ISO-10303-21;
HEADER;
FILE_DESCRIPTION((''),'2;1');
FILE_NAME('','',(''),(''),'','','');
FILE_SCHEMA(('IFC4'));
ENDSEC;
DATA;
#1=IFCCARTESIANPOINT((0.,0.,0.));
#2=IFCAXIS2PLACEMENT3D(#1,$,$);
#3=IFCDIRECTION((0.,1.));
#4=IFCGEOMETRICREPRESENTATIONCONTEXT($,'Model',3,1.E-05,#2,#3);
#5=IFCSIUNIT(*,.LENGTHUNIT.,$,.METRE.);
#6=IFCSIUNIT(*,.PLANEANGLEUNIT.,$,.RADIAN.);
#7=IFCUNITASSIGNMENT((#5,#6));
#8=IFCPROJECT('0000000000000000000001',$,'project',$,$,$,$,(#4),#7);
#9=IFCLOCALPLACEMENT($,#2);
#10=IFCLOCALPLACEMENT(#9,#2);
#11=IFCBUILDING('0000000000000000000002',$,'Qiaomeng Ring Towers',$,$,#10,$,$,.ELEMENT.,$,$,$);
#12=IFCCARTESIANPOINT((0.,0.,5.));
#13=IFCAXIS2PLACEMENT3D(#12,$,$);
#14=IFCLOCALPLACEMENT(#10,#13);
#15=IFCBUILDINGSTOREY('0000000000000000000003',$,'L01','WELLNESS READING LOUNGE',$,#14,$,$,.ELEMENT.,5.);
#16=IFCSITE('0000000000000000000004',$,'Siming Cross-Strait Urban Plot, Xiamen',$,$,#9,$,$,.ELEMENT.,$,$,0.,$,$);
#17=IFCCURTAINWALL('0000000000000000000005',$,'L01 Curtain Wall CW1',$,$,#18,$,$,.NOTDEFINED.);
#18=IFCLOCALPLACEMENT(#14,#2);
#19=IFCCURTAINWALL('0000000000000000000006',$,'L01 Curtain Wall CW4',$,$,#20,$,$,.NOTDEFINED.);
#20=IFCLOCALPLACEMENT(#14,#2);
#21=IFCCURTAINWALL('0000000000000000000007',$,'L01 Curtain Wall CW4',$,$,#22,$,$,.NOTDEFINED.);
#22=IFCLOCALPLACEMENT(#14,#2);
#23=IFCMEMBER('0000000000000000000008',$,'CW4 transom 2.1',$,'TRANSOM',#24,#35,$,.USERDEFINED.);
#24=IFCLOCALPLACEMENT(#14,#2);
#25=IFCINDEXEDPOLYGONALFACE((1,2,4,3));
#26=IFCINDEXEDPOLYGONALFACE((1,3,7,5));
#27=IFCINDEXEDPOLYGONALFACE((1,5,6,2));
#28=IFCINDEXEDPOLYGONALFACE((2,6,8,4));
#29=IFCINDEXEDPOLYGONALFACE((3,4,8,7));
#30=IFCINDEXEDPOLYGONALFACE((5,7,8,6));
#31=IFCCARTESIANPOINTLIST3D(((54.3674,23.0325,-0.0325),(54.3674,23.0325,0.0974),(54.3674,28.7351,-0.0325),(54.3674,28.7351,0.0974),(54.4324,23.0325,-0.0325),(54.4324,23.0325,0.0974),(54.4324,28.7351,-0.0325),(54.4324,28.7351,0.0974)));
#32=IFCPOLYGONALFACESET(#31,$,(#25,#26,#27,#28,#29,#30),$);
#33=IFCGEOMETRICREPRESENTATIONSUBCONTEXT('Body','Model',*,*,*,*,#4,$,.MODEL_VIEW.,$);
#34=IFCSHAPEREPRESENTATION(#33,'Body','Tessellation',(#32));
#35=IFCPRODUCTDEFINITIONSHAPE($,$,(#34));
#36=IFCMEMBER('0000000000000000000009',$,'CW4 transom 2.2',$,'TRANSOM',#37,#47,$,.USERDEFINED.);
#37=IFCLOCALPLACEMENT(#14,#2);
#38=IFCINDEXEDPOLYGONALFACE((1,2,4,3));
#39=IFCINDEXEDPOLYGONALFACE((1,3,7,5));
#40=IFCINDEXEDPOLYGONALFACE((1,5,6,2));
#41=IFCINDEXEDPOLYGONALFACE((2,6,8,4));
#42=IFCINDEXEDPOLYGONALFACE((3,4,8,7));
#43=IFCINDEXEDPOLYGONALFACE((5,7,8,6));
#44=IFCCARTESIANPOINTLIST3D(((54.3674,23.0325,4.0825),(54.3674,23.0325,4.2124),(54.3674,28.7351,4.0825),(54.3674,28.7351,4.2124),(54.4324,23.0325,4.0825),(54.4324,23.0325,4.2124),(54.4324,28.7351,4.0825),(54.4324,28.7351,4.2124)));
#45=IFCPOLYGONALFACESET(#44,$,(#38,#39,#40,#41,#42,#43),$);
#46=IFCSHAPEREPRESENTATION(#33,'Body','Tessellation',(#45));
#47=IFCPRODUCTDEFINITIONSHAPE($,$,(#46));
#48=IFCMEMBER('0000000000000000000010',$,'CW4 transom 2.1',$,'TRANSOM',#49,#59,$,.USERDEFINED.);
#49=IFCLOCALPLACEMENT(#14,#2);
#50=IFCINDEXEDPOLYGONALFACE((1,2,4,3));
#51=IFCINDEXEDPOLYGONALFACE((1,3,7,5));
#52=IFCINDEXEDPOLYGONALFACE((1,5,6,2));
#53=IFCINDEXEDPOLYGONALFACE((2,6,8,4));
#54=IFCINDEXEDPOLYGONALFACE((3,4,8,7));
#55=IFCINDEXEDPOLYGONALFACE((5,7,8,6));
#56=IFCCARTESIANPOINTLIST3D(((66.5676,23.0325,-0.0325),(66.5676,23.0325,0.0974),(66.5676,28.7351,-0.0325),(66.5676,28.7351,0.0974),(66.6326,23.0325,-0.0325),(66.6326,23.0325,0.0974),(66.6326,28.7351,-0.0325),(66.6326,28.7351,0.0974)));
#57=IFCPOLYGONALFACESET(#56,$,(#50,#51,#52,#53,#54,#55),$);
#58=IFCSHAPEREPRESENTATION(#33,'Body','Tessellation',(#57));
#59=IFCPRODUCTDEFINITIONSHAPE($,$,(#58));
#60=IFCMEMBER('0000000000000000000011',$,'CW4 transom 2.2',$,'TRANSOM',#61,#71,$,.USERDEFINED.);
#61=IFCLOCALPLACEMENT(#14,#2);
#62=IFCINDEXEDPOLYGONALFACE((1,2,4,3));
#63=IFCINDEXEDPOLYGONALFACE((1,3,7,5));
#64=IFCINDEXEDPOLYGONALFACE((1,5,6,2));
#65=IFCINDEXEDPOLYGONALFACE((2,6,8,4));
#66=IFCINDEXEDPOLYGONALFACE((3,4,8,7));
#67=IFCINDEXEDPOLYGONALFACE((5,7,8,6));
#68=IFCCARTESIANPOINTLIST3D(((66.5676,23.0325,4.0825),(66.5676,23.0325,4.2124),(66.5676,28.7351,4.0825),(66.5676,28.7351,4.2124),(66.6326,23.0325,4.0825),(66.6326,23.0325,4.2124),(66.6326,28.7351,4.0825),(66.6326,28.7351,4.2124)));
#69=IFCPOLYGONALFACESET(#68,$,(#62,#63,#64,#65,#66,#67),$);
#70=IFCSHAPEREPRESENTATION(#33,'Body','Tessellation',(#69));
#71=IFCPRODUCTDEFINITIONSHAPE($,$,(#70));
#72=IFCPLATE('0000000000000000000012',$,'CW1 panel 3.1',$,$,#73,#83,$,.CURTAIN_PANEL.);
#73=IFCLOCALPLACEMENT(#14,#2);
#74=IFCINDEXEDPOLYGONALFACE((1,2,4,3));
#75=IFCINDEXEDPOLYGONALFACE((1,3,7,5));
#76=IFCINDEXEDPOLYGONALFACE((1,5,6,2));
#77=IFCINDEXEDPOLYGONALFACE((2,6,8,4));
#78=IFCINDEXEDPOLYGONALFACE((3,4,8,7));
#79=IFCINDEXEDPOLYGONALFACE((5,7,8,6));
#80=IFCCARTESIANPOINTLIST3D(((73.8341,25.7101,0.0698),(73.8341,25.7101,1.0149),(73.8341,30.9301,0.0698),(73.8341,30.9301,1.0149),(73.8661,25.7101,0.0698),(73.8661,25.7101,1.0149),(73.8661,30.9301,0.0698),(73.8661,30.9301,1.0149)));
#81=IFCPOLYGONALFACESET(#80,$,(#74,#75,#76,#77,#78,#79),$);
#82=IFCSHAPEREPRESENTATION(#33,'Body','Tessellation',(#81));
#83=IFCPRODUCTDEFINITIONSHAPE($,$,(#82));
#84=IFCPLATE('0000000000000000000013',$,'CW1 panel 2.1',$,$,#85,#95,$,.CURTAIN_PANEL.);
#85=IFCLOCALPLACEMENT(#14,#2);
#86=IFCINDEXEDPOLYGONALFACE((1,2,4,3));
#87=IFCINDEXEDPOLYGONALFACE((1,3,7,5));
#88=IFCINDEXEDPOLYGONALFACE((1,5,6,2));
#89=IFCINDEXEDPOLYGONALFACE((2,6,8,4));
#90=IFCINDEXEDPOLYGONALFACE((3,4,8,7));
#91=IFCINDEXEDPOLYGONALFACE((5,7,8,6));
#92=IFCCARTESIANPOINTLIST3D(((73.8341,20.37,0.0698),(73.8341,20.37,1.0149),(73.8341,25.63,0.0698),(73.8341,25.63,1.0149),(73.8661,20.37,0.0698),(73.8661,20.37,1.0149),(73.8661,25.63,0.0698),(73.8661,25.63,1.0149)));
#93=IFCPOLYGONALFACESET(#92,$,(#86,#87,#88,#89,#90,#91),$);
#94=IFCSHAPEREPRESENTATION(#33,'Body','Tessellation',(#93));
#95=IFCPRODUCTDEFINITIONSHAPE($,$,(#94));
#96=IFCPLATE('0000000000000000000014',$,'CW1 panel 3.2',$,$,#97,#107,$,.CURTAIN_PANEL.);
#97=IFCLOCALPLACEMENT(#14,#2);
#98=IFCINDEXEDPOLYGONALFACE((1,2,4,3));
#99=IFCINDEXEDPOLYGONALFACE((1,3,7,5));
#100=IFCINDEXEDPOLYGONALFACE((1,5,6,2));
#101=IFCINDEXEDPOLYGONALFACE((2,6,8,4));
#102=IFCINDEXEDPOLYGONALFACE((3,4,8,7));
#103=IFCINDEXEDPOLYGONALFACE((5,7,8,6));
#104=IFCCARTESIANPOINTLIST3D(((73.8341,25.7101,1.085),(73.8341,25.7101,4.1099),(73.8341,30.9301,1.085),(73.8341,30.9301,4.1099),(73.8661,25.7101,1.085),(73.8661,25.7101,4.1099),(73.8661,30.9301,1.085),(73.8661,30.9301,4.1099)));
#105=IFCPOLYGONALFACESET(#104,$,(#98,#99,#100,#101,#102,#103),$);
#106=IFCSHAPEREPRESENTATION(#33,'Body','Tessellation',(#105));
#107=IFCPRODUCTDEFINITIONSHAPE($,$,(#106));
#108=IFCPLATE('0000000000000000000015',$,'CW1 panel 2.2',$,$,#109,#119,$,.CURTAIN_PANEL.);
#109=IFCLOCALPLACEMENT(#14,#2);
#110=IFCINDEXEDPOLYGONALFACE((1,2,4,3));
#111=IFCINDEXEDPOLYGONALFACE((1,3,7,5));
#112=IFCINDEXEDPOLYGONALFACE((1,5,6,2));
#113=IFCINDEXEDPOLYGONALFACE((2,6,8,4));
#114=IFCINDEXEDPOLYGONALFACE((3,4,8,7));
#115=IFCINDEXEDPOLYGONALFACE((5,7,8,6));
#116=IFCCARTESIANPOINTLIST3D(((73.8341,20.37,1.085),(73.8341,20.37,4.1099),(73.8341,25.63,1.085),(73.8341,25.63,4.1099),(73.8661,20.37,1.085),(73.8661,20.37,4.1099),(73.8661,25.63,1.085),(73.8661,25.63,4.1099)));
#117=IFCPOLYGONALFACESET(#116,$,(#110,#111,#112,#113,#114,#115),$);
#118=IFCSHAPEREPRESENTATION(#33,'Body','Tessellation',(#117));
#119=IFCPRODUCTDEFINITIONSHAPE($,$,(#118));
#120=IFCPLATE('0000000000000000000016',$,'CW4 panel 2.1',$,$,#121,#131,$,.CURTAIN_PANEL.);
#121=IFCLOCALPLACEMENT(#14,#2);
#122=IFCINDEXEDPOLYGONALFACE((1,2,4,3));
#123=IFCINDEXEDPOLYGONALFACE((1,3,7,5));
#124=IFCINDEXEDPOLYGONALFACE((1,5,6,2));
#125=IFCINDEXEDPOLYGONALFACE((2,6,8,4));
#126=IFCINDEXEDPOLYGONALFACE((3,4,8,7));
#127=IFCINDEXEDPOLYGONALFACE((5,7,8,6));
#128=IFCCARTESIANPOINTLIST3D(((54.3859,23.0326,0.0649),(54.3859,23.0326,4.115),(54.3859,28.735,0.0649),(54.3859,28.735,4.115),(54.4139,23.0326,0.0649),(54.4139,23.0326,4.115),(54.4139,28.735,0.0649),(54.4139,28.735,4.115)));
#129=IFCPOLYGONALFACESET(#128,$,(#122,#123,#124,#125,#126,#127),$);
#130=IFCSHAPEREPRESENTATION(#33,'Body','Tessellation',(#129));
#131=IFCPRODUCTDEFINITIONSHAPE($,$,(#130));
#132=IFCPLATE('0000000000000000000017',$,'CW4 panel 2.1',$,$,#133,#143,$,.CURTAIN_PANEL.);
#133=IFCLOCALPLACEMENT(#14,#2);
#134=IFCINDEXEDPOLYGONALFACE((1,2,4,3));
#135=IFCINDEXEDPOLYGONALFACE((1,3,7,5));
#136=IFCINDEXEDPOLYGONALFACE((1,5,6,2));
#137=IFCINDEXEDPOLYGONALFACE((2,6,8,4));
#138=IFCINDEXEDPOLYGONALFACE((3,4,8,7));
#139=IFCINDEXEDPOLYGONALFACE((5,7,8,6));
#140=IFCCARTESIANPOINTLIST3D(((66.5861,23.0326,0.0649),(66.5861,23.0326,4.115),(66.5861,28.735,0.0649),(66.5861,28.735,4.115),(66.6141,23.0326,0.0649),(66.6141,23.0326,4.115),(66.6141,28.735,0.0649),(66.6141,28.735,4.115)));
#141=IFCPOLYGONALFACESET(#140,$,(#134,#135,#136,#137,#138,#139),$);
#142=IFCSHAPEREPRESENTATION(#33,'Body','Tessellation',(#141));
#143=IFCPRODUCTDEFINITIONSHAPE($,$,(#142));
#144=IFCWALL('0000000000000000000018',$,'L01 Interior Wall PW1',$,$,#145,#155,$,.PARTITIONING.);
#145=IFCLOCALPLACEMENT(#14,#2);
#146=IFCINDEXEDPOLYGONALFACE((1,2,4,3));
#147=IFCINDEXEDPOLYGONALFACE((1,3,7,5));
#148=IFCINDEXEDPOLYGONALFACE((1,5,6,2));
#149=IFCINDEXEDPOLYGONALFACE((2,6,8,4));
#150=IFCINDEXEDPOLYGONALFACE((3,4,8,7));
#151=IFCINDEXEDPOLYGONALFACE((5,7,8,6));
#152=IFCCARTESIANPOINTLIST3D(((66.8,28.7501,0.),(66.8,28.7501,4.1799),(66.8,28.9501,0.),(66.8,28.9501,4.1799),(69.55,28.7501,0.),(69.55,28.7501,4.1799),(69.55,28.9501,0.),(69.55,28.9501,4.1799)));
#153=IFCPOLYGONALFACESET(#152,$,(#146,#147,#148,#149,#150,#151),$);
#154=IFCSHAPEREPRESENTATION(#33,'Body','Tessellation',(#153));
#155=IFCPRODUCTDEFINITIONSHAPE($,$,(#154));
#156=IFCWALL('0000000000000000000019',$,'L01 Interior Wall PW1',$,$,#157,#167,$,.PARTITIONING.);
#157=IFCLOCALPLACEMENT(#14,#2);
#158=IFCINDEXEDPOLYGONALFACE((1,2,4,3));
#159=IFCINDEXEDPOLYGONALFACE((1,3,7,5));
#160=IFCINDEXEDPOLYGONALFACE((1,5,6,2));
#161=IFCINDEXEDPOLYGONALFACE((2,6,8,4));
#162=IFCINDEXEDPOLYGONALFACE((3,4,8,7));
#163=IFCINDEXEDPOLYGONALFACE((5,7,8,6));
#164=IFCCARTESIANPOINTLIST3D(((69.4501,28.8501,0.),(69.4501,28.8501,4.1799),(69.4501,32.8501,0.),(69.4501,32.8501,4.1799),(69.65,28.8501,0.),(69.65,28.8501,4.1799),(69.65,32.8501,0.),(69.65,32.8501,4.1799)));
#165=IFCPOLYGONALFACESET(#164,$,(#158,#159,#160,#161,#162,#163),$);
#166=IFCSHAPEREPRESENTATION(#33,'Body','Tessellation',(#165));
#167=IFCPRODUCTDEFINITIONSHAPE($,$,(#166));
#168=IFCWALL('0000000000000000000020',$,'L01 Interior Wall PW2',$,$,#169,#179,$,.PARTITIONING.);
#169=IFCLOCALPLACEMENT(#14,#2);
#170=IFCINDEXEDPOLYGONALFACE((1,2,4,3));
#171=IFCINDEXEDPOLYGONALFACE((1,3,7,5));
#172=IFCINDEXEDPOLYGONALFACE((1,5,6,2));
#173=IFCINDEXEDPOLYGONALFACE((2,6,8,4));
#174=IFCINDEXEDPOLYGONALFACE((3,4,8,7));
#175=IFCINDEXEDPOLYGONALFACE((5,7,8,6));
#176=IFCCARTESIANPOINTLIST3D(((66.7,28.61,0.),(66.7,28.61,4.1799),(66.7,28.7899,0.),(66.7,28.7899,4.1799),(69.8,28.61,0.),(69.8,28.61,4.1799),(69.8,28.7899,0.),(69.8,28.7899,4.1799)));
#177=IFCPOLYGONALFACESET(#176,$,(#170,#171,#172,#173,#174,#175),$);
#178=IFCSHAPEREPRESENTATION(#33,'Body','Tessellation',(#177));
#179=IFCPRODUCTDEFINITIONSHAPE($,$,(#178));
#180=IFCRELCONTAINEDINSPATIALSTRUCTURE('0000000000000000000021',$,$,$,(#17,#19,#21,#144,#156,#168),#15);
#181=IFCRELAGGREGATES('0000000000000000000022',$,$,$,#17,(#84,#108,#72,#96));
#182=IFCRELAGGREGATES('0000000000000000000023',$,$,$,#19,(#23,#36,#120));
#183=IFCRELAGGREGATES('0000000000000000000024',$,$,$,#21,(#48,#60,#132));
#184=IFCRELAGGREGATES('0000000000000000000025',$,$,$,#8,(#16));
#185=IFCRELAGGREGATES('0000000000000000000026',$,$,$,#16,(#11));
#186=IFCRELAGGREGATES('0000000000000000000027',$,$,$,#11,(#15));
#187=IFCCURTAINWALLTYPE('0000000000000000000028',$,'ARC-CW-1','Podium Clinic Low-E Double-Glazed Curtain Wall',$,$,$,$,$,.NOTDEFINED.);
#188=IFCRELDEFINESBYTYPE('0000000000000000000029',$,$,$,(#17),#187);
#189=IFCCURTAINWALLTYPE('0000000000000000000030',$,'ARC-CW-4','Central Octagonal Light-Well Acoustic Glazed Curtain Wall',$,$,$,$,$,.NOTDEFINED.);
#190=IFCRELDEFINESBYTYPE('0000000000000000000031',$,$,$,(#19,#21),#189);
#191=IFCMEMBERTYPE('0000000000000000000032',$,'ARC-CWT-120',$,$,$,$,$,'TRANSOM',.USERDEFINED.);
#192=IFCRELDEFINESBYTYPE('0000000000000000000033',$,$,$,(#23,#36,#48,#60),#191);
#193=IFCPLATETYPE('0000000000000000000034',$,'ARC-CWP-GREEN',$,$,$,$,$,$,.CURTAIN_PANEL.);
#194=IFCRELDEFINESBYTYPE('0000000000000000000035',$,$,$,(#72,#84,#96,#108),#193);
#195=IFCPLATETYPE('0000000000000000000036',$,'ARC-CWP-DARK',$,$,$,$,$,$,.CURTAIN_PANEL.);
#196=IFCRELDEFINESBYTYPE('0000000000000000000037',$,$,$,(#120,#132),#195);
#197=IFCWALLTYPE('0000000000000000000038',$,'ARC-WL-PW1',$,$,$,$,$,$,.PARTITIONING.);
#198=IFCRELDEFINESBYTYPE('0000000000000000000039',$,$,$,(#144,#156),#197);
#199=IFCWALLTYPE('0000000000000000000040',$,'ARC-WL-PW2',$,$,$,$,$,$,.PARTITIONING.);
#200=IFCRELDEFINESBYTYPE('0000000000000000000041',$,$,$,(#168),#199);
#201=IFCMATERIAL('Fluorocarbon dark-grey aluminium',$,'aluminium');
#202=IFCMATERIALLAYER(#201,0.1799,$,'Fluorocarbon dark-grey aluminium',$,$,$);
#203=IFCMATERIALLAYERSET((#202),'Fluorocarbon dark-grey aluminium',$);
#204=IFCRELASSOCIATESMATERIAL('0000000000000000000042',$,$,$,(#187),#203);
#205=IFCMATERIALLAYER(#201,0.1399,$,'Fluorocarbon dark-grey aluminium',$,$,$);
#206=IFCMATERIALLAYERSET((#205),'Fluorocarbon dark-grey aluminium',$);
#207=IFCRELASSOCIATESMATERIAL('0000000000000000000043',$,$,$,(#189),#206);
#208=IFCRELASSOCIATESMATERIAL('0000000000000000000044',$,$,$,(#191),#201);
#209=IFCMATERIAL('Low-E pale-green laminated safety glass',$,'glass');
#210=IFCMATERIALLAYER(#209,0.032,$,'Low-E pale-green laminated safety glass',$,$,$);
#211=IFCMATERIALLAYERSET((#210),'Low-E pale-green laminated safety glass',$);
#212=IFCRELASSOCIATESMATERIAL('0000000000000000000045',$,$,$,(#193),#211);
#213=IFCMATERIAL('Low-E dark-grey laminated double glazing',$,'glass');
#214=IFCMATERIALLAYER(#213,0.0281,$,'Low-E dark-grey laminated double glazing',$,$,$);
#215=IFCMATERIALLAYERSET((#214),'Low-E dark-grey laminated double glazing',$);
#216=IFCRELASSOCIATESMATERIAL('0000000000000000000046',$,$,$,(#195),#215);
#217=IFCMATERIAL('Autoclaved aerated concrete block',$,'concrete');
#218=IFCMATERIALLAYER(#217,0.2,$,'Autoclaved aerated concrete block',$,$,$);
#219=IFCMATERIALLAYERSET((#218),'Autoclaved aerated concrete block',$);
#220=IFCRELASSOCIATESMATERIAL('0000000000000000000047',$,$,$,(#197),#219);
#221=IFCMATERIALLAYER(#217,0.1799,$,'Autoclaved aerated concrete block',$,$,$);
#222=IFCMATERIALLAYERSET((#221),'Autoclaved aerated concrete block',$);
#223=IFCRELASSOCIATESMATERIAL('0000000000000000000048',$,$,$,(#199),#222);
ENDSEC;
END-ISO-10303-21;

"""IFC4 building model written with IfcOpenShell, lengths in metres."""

from ifc_helpers import new_model, si_unit, direction, frame, frame_2d, origin, origin_2d, place, context, subcontext, project, spatial, rectangle, extrude, source, transform, mapped, material, layer, layer_set, material_profile, profile_set, type_object, element, aggregate, save


model = new_model("IFC4")

# Units and contexts
model_context = context("Model", 3, precision=1e-05, world=origin(), true_north=direction((0.0, 1.0)))
body_context = subcontext(model_context, "Body", "Model", "MODEL_VIEW")
ifc_project = project(units=[si_unit("LENGTHUNIT", "METRE"), si_unit("PLANEANGLEUNIT", "RADIAN")], contexts=[model_context])

# Site, building, storey
site_placement = place(None, origin())
site = spatial("IfcSite", under=ifc_project, at=site_placement, Name="Siming Cross-Strait Urban Plot, Xiamen", CompositionType="ELEMENT", RefElevation=0.0)
building_placement = place(site_placement, origin())
building = spatial("IfcBuilding", under=site, at=building_placement, Name="Qiaomeng Ring Towers", CompositionType="ELEMENT")
storey_placement = place(building_placement, frame((0.0, 0.0, 5.0)))
storey = spatial("IfcBuildingStorey", under=building, at=storey_placement, Name="L01", Description="WELLNESS READING LOUNGE", CompositionType="ELEMENT", Elevation=5.0)

# Curtain walls
ifc_material_1 = material(Name="Fluorocarbon dark-grey aluminium", Category="aluminium")
ifc_layer_1 = layer(ifc_material_1, 0.1799, Name="Fluorocarbon dark-grey aluminium")
ifc_layer_set_1 = layer_set([ifc_layer_1], Name="Fluorocarbon dark-grey aluminium")
curtain_wall_type_1 = type_object("IfcCurtainWallType", Name="ARC-CW-1", Description="Podium Clinic Low-E Double-Glazed Curtain Wall", PredefinedType="NOTDEFINED", material=ifc_layer_set_1)
curtain_wall_1_placement = place(storey_placement, origin())
curtain_wall_1 = element("IfcCurtainWall", 1, at=curtain_wall_1_placement, inside=storey, type_object=curtain_wall_type_1, Name="L01 Curtain Wall CW1", PredefinedType="NOTDEFINED")
ifc_layer_2 = layer(ifc_material_1, 0.1399, Name="Fluorocarbon dark-grey aluminium")
ifc_layer_set_2 = layer_set([ifc_layer_2], Name="Fluorocarbon dark-grey aluminium")
curtain_wall_type_2 = type_object("IfcCurtainWallType", Name="ARC-CW-4", Description="Central Octagonal Light-Well Acoustic Glazed Curtain Wall", PredefinedType="NOTDEFINED", material=ifc_layer_set_2)
curtain_wall_2_placement = place(storey_placement, origin())
curtain_wall_2 = element("IfcCurtainWall", 2, at=curtain_wall_2_placement, inside=storey, type_object=curtain_wall_type_2, Name="L01 Curtain Wall CW4", PredefinedType="NOTDEFINED")
curtain_wall_3_placement = place(storey_placement, origin())
curtain_wall_3 = element("IfcCurtainWall", 3, at=curtain_wall_3_placement, inside=storey, type_object=curtain_wall_type_2, Name="L01 Curtain Wall CW4", PredefinedType="NOTDEFINED")

# Members
ifc_material_profile_1 = material_profile(ifc_material_1, rectangle(XDim=0.0649, YDim=0.1299, at=origin_2d()), Name="ALU TRAN 65x130")
ifc_profile_set_1 = profile_set([ifc_material_profile_1], Name="Fluorocarbon dark-grey aluminium")
member_type_1 = type_object("IfcMemberType", Name="ARC-CWT-120", ElementType="TRANSOM", PredefinedType="USERDEFINED", material=ifc_profile_set_1)
shared_shape_1 = source(origin(), body_context, "Body", "SweptSolid", [
    extrude(rectangle(XDim=0.0649, YDim=0.1299, at=origin_2d()), origin(), (0.0, 0.0, 1.0), 5.7026),
])
member_1_placement = place(storey_placement, frame((54.3999, 23.0325, 0.0325), z_axis=(0.0, 1.0, 0.0), x_axis=(-1.0, 0.0, 0.0)))
member_1 = element("IfcMember", 4, at=member_1_placement, type_object=member_type_1, Name="CW4 transom 2.1", ObjectType="TRANSOM", PredefinedType="USERDEFINED", context=body_context, shape_type="MappedRepresentation", body=[
    mapped(shared_shape_1, transform((0.0, 0.0, 0.0), x_axis=(1.0, 0.0, 0.0), y_axis=(0.0, 1.0, 0.0), z_axis=(0.0, 0.0, 1.0), scale=1.0)),
])
member_2_placement = place(storey_placement, frame((54.3999, 23.0325, 4.1475), z_axis=(0.0, 1.0, 0.0), x_axis=(-1.0, 0.0, 0.0)))
member_2 = element("IfcMember", 5, at=member_2_placement, type_object=member_type_1, Name="CW4 transom 2.2", ObjectType="TRANSOM", PredefinedType="USERDEFINED", context=body_context, shape_type="MappedRepresentation", body=[
    mapped(shared_shape_1, transform((0.0, 0.0, 0.0), x_axis=(1.0, 0.0, 0.0), y_axis=(0.0, 1.0, 0.0), z_axis=(0.0, 0.0, 1.0), scale=1.0)),
])
member_3_placement = place(storey_placement, frame((66.6001, 23.0325, 0.0325), z_axis=(0.0, 1.0, 0.0), x_axis=(-1.0, 0.0, 0.0)))
member_3 = element("IfcMember", 6, at=member_3_placement, type_object=member_type_1, Name="CW4 transom 2.1", ObjectType="TRANSOM", PredefinedType="USERDEFINED", context=body_context, shape_type="MappedRepresentation", body=[
    mapped(shared_shape_1, transform((0.0, 0.0, 0.0), x_axis=(1.0, 0.0, 0.0), y_axis=(0.0, 1.0, 0.0), z_axis=(0.0, 0.0, 1.0), scale=1.0)),
])
member_4_placement = place(storey_placement, frame((66.6001, 23.0325, 4.1475), z_axis=(0.0, 1.0, 0.0), x_axis=(-1.0, 0.0, 0.0)))
member_4 = element("IfcMember", 7, at=member_4_placement, type_object=member_type_1, Name="CW4 transom 2.2", ObjectType="TRANSOM", PredefinedType="USERDEFINED", context=body_context, shape_type="MappedRepresentation", body=[
    mapped(shared_shape_1, transform((0.0, 0.0, 0.0), x_axis=(1.0, 0.0, 0.0), y_axis=(0.0, 1.0, 0.0), z_axis=(0.0, 0.0, 1.0), scale=1.0)),
])

# Plates
ifc_material_2 = material(Name="Low-E pale-green laminated safety glass", Category="glass")
ifc_layer_3 = layer(ifc_material_2, 0.032, Name="Low-E pale-green laminated safety glass")
ifc_layer_set_3 = layer_set([ifc_layer_3], Name="Low-E pale-green laminated safety glass")
plate_type_1 = type_object("IfcPlateType", Name="ARC-CWP-GREEN", PredefinedType="CURTAIN_PANEL", material=ifc_layer_set_3)
shared_shape_2 = source(origin(), body_context, "Body", "SweptSolid", [
    extrude(rectangle(XDim=5.22, YDim=0.032, at=origin_2d()), origin(), (0.0, 0.0, 1.0), 0.9451),
])
plate_1_placement = place(storey_placement, frame((73.8501, 28.3201, 0.0698), z_axis=(0.0, 0.0, 1.0), x_axis=(0.0, 1.0, 0.0)))
plate_1 = element("IfcPlate", 8, at=plate_1_placement, type_object=plate_type_1, Name="CW1 panel 3.1", PredefinedType="CURTAIN_PANEL", context=body_context, shape_type="MappedRepresentation", body=[
    mapped(shared_shape_2, transform((0.0, 0.0, 0.0), x_axis=(1.0, 0.0, 0.0), y_axis=(0.0, 1.0, 0.0), z_axis=(0.0, 0.0, 1.0), scale=1.0)),
])
shared_shape_3 = source(origin(), body_context, "Body", "SweptSolid", [
    extrude(rectangle(XDim=5.26, YDim=0.032, at=origin_2d()), origin(), (0.0, 0.0, 1.0), 0.9451),
])
plate_2_placement = place(storey_placement, frame((73.8501, 23.0, 0.0698), z_axis=(0.0, 0.0, 1.0), x_axis=(0.0, 1.0, 0.0)))
plate_2 = element("IfcPlate", 9, at=plate_2_placement, type_object=plate_type_1, Name="CW1 panel 2.1", PredefinedType="CURTAIN_PANEL", context=body_context, shape_type="MappedRepresentation", body=[
    mapped(shared_shape_3, transform((0.0, 0.0, 0.0), x_axis=(1.0, 0.0, 0.0), y_axis=(0.0, 1.0, 0.0), z_axis=(0.0, 0.0, 1.0), scale=1.0)),
])
shared_shape_4 = source(origin(), body_context, "Body", "SweptSolid", [
    extrude(rectangle(XDim=5.22, YDim=0.032, at=origin_2d()), origin(), (0.0, 0.0, 1.0), 3.0249),
])
plate_3_placement = place(storey_placement, frame((73.8501, 28.3201, 1.085), z_axis=(0.0, 0.0, 1.0), x_axis=(0.0, 1.0, 0.0)))
plate_3 = element("IfcPlate", 10, at=plate_3_placement, type_object=plate_type_1, Name="CW1 panel 3.2", PredefinedType="CURTAIN_PANEL", context=body_context, shape_type="MappedRepresentation", body=[
    mapped(shared_shape_4, transform((0.0, 0.0, 0.0), x_axis=(1.0, 0.0, 0.0), y_axis=(0.0, 1.0, 0.0), z_axis=(0.0, 0.0, 1.0), scale=1.0)),
])
shared_shape_5 = source(origin(), body_context, "Body", "SweptSolid", [
    extrude(rectangle(XDim=5.26, YDim=0.032, at=origin_2d()), origin(), (0.0, 0.0, 1.0), 3.0249),
])
plate_4_placement = place(storey_placement, frame((73.8501, 23.0, 1.085), z_axis=(0.0, 0.0, 1.0), x_axis=(0.0, 1.0, 0.0)))
plate_4 = element("IfcPlate", 11, at=plate_4_placement, type_object=plate_type_1, Name="CW1 panel 2.2", PredefinedType="CURTAIN_PANEL", context=body_context, shape_type="MappedRepresentation", body=[
    mapped(shared_shape_5, transform((0.0, 0.0, 0.0), x_axis=(1.0, 0.0, 0.0), y_axis=(0.0, 1.0, 0.0), z_axis=(0.0, 0.0, 1.0), scale=1.0)),
])
aggregate(curtain_wall_1, [plate_2, plate_4, plate_1, plate_3])
ifc_material_3 = material(Name="Low-E dark-grey laminated double glazing", Category="glass")
ifc_layer_4 = layer(ifc_material_3, 0.0281, Name="Low-E dark-grey laminated double glazing")
ifc_layer_set_4 = layer_set([ifc_layer_4], Name="Low-E dark-grey laminated double glazing")
plate_type_2 = type_object("IfcPlateType", Name="ARC-CWP-DARK", PredefinedType="CURTAIN_PANEL", material=ifc_layer_set_4)
shared_shape_6 = source(origin(), body_context, "Body", "SweptSolid", [
    extrude(rectangle(XDim=5.7024, YDim=0.0281, at=origin_2d()), origin(), (0.0, 0.0, 1.0), 4.05),
])
plate_5_placement = place(storey_placement, frame((54.3999, 25.8838, 0.0649), z_axis=(0.0, 0.0, 1.0), x_axis=(0.0, 1.0, 0.0)))
plate_5 = element("IfcPlate", 12, at=plate_5_placement, type_object=plate_type_2, Name="CW4 panel 2.1", PredefinedType="CURTAIN_PANEL", context=body_context, shape_type="MappedRepresentation", body=[
    mapped(shared_shape_6, transform((0.0, 0.0, 0.0), x_axis=(1.0, 0.0, 0.0), y_axis=(0.0, 1.0, 0.0), z_axis=(0.0, 0.0, 1.0), scale=1.0)),
])
aggregate(curtain_wall_2, [member_1, member_2, plate_5])
plate_6_placement = place(storey_placement, frame((66.6001, 25.8838, 0.0649), z_axis=(0.0, 0.0, 1.0), x_axis=(0.0, 1.0, 0.0)))
plate_6 = element("IfcPlate", 13, at=plate_6_placement, type_object=plate_type_2, Name="CW4 panel 2.1", PredefinedType="CURTAIN_PANEL", context=body_context, shape_type="MappedRepresentation", body=[
    mapped(shared_shape_6, transform((0.0, 0.0, 0.0), x_axis=(1.0, 0.0, 0.0), y_axis=(0.0, 1.0, 0.0), z_axis=(0.0, 0.0, 1.0), scale=1.0)),
])
aggregate(curtain_wall_3, [member_3, member_4, plate_6])

# Walls
ifc_material_4 = material(Name="Autoclaved aerated concrete block", Category="concrete")
ifc_layer_5 = layer(ifc_material_4, 0.2, Name="Autoclaved aerated concrete block")
ifc_layer_set_5 = layer_set([ifc_layer_5], Name="Autoclaved aerated concrete block")
wall_type_1 = type_object("IfcWallType", Name="ARC-WL-PW1", PredefinedType="PARTITIONING", material=ifc_layer_set_5)
wall_1_placement = place(storey_placement, frame((66.8, 28.8501, 0.0), z_axis=(0.0, 0.0, 1.0), x_axis=(1.0, 0.0, 0.0)))
element("IfcWall", 14, at=wall_1_placement, inside=storey, type_object=wall_type_1, Name="L01 Interior Wall PW1", PredefinedType="PARTITIONING", context=body_context, shape_type="SweptSolid", body=[
    extrude(rectangle(XDim=2.75, YDim=0.2, at=frame_2d((1.375, 0.0))), origin(), (0.0, 0.0, 1.0), 4.1799),
])
wall_2_placement = place(storey_placement, frame((69.55, 28.8501, 0.0), z_axis=(0.0, 0.0, 1.0), x_axis=(0.0, 1.0, 0.0)))
element("IfcWall", 15, at=wall_2_placement, inside=storey, type_object=wall_type_1, Name="L01 Interior Wall PW1", PredefinedType="PARTITIONING", context=body_context, shape_type="SweptSolid", body=[
    extrude(rectangle(XDim=4.0, YDim=0.2, at=frame_2d((2.0, 0.0))), origin(), (0.0, 0.0, 1.0), 4.1799),
])
ifc_layer_6 = layer(ifc_material_4, 0.1799, Name="Autoclaved aerated concrete block")
ifc_layer_set_6 = layer_set([ifc_layer_6], Name="Autoclaved aerated concrete block")
wall_type_2 = type_object("IfcWallType", Name="ARC-WL-PW2", PredefinedType="PARTITIONING", material=ifc_layer_set_6)
wall_3_placement = place(storey_placement, frame((66.7, 28.7, 0.0), z_axis=(0.0, 0.0, 1.0), x_axis=(1.0, 0.0, 0.0)))
element("IfcWall", 16, at=wall_3_placement, inside=storey, type_object=wall_type_2, Name="L01 Interior Wall PW2", PredefinedType="PARTITIONING", context=body_context, shape_type="SweptSolid", body=[
    extrude(rectangle(XDim=3.1001, YDim=0.1799, at=frame_2d((1.55, 0.0))), origin(), (0.0, 0.0, 1.0), 4.1799),
])

save(model, "model.ifc")
